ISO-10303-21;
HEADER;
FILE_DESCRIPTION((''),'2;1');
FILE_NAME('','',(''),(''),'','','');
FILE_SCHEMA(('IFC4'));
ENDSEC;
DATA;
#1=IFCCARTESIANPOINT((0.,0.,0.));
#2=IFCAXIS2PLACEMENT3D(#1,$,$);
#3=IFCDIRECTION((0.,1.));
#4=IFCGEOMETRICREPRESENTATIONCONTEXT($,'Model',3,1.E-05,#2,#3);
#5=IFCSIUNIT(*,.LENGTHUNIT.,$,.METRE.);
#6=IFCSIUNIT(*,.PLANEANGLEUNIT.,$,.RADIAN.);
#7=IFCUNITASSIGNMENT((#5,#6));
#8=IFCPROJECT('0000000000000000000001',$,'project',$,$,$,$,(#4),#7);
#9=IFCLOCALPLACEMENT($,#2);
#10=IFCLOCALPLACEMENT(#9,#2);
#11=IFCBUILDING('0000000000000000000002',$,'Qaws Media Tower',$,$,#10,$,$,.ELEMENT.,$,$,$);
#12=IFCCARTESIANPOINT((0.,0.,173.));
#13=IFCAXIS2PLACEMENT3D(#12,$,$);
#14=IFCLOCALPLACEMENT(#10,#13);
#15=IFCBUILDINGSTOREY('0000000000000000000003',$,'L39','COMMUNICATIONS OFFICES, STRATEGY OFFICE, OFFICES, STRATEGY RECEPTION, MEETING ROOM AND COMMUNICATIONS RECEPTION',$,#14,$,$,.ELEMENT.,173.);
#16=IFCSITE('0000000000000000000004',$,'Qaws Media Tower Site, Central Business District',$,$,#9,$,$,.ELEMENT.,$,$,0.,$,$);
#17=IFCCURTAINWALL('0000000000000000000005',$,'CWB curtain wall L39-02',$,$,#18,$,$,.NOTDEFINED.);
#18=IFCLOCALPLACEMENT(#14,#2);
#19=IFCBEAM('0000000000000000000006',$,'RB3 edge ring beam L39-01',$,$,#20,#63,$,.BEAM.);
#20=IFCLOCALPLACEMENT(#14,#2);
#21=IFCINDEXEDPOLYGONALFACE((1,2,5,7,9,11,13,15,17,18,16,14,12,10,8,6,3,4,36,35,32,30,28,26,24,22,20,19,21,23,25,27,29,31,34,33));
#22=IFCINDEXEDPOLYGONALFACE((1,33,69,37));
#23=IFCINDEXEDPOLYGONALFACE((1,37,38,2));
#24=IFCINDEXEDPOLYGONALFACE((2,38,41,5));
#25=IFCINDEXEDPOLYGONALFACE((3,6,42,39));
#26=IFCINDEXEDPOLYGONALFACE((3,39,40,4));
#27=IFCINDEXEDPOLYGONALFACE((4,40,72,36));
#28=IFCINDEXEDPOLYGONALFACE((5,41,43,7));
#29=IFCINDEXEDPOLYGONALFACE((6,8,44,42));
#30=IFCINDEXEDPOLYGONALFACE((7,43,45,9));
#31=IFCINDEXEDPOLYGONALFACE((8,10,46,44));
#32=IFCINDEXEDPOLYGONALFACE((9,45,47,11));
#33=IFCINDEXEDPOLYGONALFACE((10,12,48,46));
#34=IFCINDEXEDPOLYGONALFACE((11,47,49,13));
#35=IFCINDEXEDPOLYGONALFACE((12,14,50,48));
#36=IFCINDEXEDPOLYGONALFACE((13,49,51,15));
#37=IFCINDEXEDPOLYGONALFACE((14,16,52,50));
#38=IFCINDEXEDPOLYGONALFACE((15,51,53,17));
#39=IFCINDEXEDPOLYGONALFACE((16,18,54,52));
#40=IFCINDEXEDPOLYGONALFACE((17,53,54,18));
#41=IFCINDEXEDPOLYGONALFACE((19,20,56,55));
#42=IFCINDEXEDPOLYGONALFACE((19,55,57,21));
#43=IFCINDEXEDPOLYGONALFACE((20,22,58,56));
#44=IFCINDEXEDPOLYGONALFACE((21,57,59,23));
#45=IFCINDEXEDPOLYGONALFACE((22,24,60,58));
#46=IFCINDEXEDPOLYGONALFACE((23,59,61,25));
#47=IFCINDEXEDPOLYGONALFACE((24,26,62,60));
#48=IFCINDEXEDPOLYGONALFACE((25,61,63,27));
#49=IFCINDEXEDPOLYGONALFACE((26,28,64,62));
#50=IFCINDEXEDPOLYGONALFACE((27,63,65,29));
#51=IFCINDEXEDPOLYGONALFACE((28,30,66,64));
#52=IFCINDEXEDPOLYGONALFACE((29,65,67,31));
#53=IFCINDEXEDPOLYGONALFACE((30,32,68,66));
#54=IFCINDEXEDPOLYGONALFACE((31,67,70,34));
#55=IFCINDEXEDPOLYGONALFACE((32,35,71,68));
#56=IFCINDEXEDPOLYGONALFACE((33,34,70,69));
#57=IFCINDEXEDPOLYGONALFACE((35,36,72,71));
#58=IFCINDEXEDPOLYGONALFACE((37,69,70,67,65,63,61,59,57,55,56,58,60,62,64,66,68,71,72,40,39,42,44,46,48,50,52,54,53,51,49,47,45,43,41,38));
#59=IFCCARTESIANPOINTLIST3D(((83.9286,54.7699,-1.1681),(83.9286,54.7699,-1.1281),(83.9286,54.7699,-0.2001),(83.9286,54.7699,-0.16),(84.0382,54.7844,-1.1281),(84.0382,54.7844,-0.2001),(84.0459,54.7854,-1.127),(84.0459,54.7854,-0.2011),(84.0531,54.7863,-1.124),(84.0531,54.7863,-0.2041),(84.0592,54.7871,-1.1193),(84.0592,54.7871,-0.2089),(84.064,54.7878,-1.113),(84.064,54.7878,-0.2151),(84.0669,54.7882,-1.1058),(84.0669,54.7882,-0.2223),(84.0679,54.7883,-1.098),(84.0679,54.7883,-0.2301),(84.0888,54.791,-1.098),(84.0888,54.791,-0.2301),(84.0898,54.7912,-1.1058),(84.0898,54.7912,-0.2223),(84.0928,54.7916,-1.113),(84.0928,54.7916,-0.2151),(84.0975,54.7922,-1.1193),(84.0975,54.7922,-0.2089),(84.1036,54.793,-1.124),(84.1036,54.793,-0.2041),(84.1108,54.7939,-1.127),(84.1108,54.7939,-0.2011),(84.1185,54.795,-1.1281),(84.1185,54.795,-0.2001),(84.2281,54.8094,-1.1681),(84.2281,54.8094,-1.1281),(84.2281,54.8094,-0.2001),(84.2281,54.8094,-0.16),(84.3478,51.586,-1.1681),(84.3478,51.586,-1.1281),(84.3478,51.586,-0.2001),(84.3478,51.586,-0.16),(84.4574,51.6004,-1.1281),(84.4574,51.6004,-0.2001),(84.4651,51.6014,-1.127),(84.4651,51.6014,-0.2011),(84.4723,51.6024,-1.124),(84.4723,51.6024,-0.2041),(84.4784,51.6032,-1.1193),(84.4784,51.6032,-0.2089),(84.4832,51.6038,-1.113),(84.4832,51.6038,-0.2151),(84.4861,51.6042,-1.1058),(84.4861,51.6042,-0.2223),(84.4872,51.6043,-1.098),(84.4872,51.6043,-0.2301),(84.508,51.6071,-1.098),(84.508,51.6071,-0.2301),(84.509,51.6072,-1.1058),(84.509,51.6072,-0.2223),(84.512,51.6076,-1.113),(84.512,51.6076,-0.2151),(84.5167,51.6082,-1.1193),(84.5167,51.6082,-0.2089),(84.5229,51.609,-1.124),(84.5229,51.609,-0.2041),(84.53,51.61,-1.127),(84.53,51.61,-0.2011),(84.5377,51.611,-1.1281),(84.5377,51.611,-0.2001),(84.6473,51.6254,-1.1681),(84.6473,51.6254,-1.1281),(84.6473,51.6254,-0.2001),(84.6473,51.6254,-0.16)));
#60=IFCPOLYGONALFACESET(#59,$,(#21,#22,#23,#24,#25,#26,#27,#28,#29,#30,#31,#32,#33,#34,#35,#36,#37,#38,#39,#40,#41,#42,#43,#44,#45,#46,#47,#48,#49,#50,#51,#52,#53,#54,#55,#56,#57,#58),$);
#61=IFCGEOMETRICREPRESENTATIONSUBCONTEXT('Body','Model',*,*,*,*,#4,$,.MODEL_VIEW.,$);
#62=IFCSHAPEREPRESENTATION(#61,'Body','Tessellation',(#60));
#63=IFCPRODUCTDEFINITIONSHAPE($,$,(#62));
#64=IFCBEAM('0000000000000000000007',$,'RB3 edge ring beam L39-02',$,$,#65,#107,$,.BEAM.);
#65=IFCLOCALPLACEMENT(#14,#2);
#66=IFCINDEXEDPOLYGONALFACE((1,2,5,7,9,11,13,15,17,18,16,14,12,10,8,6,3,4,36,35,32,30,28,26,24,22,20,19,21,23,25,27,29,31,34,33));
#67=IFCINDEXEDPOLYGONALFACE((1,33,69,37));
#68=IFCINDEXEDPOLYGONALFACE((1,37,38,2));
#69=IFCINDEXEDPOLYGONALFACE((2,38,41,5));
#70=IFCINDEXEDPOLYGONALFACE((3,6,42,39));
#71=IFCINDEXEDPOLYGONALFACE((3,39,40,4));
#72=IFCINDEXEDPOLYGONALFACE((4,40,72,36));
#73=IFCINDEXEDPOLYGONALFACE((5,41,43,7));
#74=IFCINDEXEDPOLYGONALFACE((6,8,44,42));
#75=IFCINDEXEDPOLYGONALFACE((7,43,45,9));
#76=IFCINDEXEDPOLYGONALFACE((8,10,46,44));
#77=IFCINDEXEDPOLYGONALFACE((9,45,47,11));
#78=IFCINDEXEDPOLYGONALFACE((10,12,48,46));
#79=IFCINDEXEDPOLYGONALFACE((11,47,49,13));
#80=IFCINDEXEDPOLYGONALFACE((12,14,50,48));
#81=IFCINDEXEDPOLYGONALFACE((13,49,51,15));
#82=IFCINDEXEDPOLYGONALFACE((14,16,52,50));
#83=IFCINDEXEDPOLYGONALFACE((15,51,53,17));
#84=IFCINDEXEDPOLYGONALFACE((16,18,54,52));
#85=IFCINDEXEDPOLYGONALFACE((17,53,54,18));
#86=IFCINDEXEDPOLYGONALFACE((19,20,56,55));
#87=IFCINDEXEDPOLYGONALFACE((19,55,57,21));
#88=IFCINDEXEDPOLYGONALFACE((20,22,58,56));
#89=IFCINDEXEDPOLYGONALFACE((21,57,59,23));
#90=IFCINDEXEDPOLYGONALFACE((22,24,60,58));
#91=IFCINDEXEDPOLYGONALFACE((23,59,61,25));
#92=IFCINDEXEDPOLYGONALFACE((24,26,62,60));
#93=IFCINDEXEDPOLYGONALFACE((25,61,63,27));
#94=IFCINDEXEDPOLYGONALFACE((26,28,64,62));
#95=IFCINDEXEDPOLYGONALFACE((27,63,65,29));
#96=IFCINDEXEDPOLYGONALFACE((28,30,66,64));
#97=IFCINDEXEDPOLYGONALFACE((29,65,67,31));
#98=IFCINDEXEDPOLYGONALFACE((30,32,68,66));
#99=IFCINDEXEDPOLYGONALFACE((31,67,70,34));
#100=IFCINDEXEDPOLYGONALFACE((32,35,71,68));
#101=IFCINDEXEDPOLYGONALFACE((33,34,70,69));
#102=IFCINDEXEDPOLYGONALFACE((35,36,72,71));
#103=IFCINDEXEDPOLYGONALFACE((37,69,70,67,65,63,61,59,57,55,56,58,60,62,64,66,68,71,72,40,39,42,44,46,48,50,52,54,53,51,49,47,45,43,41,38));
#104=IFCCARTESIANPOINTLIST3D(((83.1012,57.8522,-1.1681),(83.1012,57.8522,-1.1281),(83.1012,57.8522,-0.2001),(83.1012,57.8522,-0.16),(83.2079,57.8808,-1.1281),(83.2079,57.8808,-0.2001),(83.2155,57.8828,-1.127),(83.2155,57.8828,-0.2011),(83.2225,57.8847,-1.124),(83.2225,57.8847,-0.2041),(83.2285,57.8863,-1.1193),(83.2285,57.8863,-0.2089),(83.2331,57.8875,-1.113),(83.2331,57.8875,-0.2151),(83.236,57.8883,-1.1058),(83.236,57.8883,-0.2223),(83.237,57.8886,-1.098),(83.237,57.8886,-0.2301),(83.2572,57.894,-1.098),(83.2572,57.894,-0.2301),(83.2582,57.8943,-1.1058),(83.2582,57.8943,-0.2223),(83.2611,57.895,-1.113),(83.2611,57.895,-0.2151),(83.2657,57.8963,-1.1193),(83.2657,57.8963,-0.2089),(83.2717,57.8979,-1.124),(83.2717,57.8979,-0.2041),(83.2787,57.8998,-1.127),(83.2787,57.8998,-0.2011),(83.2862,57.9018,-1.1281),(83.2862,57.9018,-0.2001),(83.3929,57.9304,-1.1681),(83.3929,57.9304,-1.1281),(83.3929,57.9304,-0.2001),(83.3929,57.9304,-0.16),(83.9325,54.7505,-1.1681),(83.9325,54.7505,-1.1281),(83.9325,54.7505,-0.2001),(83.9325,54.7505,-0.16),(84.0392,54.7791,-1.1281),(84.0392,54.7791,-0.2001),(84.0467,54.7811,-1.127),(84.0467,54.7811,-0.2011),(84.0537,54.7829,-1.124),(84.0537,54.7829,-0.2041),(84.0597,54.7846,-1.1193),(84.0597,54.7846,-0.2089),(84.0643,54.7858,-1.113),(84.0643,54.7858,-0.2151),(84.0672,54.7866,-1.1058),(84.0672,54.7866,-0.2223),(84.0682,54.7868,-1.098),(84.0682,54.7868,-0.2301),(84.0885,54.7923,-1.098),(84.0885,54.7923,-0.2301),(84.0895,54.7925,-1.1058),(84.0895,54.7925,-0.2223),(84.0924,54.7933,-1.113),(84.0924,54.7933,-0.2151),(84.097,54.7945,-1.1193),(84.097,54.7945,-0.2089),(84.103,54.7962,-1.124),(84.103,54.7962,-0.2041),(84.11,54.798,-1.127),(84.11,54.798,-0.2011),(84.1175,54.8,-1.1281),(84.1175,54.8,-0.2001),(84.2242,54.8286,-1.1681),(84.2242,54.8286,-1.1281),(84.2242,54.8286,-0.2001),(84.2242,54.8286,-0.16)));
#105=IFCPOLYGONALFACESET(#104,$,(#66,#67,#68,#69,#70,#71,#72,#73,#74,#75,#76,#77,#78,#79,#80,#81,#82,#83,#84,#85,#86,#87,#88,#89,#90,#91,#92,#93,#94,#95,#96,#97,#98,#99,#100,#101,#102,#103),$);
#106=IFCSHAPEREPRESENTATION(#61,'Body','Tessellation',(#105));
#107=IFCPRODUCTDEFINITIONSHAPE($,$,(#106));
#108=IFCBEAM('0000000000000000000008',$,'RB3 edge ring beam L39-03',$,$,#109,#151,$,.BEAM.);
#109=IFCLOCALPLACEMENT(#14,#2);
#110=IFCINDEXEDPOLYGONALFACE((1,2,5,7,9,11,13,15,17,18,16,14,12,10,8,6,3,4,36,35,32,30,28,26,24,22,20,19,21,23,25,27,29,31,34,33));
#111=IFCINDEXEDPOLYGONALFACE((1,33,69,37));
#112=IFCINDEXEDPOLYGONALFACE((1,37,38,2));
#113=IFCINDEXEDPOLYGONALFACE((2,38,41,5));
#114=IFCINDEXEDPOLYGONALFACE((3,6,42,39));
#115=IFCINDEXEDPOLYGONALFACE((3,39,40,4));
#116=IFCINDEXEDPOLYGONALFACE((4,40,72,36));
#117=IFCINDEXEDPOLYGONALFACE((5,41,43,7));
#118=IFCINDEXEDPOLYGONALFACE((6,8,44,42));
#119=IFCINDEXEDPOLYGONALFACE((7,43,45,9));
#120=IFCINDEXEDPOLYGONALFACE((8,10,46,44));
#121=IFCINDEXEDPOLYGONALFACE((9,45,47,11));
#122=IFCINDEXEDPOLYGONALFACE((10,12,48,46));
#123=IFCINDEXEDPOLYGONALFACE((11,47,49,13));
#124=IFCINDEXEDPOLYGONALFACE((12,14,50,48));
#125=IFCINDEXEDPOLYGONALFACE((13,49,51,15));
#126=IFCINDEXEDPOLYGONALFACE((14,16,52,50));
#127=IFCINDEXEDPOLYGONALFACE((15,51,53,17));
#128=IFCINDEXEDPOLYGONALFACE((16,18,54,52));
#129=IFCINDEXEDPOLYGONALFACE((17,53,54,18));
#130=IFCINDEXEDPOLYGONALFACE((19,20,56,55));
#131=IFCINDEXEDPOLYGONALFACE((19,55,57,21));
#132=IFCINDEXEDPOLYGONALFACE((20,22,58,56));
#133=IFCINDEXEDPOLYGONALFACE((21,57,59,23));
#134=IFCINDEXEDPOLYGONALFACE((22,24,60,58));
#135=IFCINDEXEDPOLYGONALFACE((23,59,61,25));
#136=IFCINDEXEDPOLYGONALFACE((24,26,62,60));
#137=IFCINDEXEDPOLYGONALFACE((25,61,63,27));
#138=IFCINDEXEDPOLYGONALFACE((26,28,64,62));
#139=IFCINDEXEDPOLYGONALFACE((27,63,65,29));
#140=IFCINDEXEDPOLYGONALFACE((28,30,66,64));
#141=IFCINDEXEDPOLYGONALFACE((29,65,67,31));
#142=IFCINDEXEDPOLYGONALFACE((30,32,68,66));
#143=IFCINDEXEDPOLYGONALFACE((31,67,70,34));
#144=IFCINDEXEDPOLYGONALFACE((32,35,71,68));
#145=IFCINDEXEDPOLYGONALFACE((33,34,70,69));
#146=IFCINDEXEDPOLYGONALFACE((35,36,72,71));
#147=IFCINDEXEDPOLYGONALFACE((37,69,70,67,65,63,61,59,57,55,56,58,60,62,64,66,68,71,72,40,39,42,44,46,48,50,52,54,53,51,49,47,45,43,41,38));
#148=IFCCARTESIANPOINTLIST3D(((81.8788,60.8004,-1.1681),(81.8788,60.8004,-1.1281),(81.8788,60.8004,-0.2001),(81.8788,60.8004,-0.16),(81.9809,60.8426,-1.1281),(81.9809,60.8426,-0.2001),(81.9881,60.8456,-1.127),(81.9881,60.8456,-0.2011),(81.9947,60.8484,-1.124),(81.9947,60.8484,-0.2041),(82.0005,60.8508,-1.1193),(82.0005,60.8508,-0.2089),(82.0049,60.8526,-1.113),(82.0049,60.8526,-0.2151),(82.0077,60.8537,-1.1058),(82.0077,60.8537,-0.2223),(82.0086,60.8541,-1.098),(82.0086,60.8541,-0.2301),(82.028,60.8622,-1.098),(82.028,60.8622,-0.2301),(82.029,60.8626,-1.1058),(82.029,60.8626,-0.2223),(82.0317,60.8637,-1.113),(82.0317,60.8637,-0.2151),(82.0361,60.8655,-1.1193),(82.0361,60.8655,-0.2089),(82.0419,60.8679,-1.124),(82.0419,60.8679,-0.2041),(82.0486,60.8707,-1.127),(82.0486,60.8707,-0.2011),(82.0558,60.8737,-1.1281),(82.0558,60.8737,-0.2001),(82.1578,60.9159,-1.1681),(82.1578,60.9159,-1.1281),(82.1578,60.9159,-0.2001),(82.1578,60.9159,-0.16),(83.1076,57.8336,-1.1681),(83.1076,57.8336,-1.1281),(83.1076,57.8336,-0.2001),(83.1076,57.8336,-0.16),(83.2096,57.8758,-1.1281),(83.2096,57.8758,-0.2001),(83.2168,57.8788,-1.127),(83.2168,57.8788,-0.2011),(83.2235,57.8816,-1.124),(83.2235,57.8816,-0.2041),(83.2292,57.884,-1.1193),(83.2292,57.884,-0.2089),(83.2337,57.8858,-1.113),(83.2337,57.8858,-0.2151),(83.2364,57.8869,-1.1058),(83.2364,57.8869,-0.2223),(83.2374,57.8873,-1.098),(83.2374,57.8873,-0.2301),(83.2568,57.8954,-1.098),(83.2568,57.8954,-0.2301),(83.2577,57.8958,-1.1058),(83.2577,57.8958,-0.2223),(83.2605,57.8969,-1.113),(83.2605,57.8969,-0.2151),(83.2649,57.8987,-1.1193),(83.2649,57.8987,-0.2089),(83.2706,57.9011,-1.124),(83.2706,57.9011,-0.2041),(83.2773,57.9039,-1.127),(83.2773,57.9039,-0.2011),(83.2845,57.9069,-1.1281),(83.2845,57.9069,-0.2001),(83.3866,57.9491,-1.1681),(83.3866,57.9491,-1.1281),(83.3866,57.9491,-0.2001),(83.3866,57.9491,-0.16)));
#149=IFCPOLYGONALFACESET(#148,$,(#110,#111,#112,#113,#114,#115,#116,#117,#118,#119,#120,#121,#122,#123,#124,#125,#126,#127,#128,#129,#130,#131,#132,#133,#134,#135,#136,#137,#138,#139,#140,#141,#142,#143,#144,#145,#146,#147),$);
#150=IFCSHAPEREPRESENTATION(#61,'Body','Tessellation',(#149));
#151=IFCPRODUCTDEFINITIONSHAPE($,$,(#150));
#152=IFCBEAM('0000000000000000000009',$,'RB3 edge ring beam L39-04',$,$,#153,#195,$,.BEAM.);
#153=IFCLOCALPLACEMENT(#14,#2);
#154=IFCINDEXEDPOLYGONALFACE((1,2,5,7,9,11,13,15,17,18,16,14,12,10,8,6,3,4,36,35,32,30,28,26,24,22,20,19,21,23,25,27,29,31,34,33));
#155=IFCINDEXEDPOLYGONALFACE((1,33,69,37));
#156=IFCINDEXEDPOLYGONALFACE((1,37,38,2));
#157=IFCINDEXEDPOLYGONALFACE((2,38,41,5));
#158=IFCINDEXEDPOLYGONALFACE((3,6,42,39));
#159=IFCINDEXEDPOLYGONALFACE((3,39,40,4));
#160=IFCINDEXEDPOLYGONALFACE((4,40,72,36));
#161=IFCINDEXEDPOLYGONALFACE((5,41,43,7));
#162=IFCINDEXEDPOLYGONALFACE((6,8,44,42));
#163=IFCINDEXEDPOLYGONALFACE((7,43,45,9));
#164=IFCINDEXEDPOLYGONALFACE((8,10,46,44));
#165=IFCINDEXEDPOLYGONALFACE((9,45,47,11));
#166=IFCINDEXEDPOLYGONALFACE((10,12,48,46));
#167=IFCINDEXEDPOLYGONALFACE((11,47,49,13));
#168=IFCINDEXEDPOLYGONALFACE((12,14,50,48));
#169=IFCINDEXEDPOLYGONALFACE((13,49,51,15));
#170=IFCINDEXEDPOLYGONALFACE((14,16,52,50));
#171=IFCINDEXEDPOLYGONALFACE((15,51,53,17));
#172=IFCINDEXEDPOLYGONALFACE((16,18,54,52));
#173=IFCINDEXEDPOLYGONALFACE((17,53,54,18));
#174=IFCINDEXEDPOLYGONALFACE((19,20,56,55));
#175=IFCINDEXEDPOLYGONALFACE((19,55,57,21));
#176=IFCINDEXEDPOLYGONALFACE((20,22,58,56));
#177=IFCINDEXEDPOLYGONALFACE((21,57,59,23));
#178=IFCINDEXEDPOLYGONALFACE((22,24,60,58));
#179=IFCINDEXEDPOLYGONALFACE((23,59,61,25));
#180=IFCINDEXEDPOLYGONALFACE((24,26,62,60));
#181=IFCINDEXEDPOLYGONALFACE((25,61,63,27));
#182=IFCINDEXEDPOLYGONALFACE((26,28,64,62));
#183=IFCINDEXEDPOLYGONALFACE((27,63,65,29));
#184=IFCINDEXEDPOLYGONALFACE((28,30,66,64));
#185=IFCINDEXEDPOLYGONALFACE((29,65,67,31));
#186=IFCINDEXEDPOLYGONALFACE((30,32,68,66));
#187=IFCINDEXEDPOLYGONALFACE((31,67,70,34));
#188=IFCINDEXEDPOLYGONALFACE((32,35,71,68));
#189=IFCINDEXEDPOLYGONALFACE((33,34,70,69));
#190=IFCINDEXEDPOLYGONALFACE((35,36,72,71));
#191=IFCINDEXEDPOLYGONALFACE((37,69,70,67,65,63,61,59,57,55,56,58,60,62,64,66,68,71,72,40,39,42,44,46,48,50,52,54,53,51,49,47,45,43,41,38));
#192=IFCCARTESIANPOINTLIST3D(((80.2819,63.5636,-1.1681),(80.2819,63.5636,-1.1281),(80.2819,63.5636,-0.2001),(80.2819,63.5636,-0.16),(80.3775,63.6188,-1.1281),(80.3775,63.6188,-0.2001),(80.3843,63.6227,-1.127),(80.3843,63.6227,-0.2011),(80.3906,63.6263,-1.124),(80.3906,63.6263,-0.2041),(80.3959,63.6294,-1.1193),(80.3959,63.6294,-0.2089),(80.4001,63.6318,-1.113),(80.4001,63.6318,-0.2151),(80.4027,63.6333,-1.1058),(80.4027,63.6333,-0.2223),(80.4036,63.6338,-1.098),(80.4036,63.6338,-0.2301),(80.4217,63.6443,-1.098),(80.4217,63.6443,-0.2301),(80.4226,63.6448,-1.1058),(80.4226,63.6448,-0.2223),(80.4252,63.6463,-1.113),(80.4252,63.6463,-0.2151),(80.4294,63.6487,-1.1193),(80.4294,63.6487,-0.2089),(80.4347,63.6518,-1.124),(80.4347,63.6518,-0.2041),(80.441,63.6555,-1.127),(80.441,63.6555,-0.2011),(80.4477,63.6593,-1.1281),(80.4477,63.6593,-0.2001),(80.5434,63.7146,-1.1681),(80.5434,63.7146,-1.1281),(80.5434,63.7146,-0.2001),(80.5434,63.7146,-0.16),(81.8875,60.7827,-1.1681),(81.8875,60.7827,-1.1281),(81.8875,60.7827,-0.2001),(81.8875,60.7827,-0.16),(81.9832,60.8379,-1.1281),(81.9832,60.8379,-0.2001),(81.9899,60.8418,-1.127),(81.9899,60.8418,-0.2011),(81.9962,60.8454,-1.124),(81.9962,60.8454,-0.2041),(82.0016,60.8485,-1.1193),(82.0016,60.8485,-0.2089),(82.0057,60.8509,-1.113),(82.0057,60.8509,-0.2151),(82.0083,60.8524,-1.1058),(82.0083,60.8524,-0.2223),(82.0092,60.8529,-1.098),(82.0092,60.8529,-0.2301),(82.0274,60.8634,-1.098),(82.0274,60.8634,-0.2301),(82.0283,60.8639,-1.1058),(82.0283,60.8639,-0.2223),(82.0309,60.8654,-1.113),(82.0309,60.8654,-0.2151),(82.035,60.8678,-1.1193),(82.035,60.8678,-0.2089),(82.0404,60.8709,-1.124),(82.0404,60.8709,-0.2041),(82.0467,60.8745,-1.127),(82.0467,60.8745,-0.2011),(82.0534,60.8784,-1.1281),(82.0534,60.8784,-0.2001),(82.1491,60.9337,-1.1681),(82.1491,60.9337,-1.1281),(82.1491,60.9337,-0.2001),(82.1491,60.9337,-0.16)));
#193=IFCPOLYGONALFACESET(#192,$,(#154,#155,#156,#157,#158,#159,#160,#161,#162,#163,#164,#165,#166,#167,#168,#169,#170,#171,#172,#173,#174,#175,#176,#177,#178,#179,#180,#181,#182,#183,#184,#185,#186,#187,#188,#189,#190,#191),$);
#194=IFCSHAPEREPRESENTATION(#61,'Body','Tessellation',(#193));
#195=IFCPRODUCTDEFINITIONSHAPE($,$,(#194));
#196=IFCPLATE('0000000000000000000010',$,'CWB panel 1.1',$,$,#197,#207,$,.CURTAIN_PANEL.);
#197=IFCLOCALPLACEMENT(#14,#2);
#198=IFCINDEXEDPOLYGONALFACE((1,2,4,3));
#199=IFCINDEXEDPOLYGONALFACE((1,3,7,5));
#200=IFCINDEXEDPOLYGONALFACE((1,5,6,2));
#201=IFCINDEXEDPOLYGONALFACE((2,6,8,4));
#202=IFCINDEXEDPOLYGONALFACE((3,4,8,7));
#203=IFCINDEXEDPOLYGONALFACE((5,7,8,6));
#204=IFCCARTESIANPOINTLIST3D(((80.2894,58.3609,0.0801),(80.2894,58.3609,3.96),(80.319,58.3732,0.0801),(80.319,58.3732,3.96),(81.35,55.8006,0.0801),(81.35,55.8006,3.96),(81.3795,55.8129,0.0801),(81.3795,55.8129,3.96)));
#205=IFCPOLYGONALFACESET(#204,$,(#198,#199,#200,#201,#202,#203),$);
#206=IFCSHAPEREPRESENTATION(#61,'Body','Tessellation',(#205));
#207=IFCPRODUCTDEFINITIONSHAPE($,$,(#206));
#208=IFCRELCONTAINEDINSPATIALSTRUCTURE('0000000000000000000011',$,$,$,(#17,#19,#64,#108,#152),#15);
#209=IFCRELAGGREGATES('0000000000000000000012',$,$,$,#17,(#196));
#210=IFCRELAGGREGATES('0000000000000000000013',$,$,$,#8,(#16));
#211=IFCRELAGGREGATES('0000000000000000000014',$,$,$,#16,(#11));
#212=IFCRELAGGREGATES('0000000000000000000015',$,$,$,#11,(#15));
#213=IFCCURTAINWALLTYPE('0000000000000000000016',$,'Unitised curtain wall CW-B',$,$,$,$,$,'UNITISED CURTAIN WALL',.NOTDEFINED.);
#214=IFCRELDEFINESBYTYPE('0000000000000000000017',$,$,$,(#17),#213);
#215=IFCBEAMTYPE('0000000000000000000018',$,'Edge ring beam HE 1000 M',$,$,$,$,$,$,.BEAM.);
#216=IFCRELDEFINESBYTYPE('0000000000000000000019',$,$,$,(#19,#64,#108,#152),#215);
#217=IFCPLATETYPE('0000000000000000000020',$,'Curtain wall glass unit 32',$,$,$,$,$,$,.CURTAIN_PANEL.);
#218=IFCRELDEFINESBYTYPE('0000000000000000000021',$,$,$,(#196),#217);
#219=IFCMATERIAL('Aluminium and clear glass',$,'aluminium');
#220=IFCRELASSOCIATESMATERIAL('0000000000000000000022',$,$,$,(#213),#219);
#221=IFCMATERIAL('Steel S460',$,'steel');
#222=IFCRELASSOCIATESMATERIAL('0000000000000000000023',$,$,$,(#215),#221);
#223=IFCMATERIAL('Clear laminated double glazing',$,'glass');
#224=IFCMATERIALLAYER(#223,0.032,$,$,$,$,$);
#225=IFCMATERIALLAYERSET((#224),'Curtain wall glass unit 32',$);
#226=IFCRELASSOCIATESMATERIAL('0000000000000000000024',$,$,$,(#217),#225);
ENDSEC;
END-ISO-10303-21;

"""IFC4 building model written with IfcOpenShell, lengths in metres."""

from ifc_helpers import new_model, si_unit, direction, frame, origin, origin_2d, place, context, subcontext, project, spatial, rectangle, i_section, extrude, material, layer, layer_set, material_profile, profile_set, type_object, element, aggregate, save


model = new_model("IFC4")

# Units and contexts
model_context = context("Model", 3, precision=1e-05, world=origin(), true_north=direction((0.0, 1.0)))
body_context = subcontext(model_context, "Body", "Model", "MODEL_VIEW")
ifc_project = project(units=[si_unit("LENGTHUNIT", "METRE"), si_unit("PLANEANGLEUNIT", "RADIAN")], contexts=[model_context])

# Site, building, storey
site_placement = place(None, origin())
site = spatial("IfcSite", under=ifc_project, at=site_placement, Name="Qaws Media Tower Site, Central Business District", CompositionType="ELEMENT", RefElevation=0.0)
building_placement = place(site_placement, origin())
building = spatial("IfcBuilding", under=site, at=building_placement, Name="Qaws Media Tower", CompositionType="ELEMENT")
storey_placement = place(building_placement, frame((0.0, 0.0, 173.0)))
storey = spatial("IfcBuildingStorey", under=building, at=storey_placement, Name="L39", Description="COMMUNICATIONS OFFICES, STRATEGY OFFICE, OFFICES, STRATEGY RECEPTION, MEETING ROOM AND COMMUNICATIONS RECEPTION", CompositionType="ELEMENT", Elevation=173.0)

# Curtain wall
ifc_material_1 = material(Name="Aluminium and clear glass", Category="aluminium")
curtain_wall_type = type_object("IfcCurtainWallType", Name="Unitised curtain wall CW-B", ElementType="UNITISED CURTAIN WALL", PredefinedType="NOTDEFINED", material=ifc_material_1)
curtain_wall_1_placement = place(storey_placement, origin())
curtain_wall_1 = element("IfcCurtainWall", 1, at=curtain_wall_1_placement, inside=storey, type_object=curtain_wall_type, Name="CWB curtain wall L39-02", PredefinedType="NOTDEFINED")

# Beams
ifc_material_2 = material(Name="Steel S460", Category="steel")
ifc_material_profile_1 = material_profile(ifc_material_2, i_section(OverallWidth=0.302, OverallDepth=1.0081, WebThickness=0.021, FlangeThickness=0.04, FilletRadius=0.03, at=origin_2d()), Name="HE 1000 M")
ifc_profile_set_1 = profile_set([ifc_material_profile_1], Name="Steel S460")
beam_type = type_object("IfcBeamType", Name="Edge ring beam HE 1000 M", PredefinedType="BEAM", material=ifc_profile_set_1)
beam_placement = place(storey_placement, frame((84.4976, 51.6057, -0.6641), z_axis=(-0.130535, 0.991444, 0.0), x_axis=(-0.991444, -0.130535, 0.0)))
element("IfcBeam", 2, at=beam_placement, inside=storey, type_object=beam_type, Name="RB3 edge ring beam L39-01", PredefinedType="BEAM", context=body_context, shape_type="SweptSolid", body=[
    extrude(i_section(OverallWidth=0.302, OverallDepth=1.0081, WebThickness=0.021, FlangeThickness=0.04, FilletRadius=0.03, at=origin_2d()), origin(), (0.0, 0.0, 1.0), 3.2114),
])
for number, where, z_axis, x_axis, name in (
    (3, (84.0784, 54.7896, -0.6641), (-0.258869, 0.965912, 0.0), (-0.965912, -0.258869, 0.0), "RB3 edge ring beam L39-02"),
    (4, (83.2471, 57.8914, -0.6641), (-0.382649, 0.923894, 0.0), (-0.923894, -0.382649, 0.0), "RB3 edge ring beam L39-03"),
    (5, (82.0183, 60.8582, -0.6641), (-0.500023, 0.866012, 0.0), (-0.866012, -0.500023, 0.0), "RB3 edge ring beam L39-04"),
):
    element("IfcBeam", number, at=place(storey_placement, frame(where, z_axis=z_axis, x_axis=x_axis)), inside=storey, type_object=beam_type, Name=name, PredefinedType="BEAM", context=body_context, shape_type="SweptSolid", body=[
        extrude(i_section(OverallWidth=0.302, OverallDepth=1.0081, WebThickness=0.021, FlangeThickness=0.04, FilletRadius=0.03, at=origin_2d()), origin(), (0.0, 0.0, 1.0), 3.2112),
    ])

# Plate
ifc_material_3 = material(Name="Clear laminated double glazing", Category="glass")
ifc_layer_1 = layer(ifc_material_3, 0.032)
ifc_layer_set_1 = layer_set([ifc_layer_1], Name="Curtain wall glass unit 32")
plate_type_1 = type_object("IfcPlateType", Name="Curtain wall glass unit 32", PredefinedType="CURTAIN_PANEL", material=ifc_layer_set_1)
plate_1_placement = place(storey_placement, frame((80.8345, 57.0869, 0.0801), z_axis=(0.0, 0.0, 1.0), x_axis=(-0.382683, 0.92388, 0.0)))
plate_1 = element("IfcPlate", 6, at=plate_1_placement, type_object=plate_type_1, Name="CWB panel 1.1", PredefinedType="CURTAIN_PANEL", context=body_context, shape_type="SweptSolid", body=[
    extrude(rectangle(XDim=2.7712, YDim=0.032, at=origin_2d()), origin(), (0.0, 0.0, 1.0), 3.8799),
])
aggregate(curtain_wall_1, [plate_1])

save(model, "model.ifc")
